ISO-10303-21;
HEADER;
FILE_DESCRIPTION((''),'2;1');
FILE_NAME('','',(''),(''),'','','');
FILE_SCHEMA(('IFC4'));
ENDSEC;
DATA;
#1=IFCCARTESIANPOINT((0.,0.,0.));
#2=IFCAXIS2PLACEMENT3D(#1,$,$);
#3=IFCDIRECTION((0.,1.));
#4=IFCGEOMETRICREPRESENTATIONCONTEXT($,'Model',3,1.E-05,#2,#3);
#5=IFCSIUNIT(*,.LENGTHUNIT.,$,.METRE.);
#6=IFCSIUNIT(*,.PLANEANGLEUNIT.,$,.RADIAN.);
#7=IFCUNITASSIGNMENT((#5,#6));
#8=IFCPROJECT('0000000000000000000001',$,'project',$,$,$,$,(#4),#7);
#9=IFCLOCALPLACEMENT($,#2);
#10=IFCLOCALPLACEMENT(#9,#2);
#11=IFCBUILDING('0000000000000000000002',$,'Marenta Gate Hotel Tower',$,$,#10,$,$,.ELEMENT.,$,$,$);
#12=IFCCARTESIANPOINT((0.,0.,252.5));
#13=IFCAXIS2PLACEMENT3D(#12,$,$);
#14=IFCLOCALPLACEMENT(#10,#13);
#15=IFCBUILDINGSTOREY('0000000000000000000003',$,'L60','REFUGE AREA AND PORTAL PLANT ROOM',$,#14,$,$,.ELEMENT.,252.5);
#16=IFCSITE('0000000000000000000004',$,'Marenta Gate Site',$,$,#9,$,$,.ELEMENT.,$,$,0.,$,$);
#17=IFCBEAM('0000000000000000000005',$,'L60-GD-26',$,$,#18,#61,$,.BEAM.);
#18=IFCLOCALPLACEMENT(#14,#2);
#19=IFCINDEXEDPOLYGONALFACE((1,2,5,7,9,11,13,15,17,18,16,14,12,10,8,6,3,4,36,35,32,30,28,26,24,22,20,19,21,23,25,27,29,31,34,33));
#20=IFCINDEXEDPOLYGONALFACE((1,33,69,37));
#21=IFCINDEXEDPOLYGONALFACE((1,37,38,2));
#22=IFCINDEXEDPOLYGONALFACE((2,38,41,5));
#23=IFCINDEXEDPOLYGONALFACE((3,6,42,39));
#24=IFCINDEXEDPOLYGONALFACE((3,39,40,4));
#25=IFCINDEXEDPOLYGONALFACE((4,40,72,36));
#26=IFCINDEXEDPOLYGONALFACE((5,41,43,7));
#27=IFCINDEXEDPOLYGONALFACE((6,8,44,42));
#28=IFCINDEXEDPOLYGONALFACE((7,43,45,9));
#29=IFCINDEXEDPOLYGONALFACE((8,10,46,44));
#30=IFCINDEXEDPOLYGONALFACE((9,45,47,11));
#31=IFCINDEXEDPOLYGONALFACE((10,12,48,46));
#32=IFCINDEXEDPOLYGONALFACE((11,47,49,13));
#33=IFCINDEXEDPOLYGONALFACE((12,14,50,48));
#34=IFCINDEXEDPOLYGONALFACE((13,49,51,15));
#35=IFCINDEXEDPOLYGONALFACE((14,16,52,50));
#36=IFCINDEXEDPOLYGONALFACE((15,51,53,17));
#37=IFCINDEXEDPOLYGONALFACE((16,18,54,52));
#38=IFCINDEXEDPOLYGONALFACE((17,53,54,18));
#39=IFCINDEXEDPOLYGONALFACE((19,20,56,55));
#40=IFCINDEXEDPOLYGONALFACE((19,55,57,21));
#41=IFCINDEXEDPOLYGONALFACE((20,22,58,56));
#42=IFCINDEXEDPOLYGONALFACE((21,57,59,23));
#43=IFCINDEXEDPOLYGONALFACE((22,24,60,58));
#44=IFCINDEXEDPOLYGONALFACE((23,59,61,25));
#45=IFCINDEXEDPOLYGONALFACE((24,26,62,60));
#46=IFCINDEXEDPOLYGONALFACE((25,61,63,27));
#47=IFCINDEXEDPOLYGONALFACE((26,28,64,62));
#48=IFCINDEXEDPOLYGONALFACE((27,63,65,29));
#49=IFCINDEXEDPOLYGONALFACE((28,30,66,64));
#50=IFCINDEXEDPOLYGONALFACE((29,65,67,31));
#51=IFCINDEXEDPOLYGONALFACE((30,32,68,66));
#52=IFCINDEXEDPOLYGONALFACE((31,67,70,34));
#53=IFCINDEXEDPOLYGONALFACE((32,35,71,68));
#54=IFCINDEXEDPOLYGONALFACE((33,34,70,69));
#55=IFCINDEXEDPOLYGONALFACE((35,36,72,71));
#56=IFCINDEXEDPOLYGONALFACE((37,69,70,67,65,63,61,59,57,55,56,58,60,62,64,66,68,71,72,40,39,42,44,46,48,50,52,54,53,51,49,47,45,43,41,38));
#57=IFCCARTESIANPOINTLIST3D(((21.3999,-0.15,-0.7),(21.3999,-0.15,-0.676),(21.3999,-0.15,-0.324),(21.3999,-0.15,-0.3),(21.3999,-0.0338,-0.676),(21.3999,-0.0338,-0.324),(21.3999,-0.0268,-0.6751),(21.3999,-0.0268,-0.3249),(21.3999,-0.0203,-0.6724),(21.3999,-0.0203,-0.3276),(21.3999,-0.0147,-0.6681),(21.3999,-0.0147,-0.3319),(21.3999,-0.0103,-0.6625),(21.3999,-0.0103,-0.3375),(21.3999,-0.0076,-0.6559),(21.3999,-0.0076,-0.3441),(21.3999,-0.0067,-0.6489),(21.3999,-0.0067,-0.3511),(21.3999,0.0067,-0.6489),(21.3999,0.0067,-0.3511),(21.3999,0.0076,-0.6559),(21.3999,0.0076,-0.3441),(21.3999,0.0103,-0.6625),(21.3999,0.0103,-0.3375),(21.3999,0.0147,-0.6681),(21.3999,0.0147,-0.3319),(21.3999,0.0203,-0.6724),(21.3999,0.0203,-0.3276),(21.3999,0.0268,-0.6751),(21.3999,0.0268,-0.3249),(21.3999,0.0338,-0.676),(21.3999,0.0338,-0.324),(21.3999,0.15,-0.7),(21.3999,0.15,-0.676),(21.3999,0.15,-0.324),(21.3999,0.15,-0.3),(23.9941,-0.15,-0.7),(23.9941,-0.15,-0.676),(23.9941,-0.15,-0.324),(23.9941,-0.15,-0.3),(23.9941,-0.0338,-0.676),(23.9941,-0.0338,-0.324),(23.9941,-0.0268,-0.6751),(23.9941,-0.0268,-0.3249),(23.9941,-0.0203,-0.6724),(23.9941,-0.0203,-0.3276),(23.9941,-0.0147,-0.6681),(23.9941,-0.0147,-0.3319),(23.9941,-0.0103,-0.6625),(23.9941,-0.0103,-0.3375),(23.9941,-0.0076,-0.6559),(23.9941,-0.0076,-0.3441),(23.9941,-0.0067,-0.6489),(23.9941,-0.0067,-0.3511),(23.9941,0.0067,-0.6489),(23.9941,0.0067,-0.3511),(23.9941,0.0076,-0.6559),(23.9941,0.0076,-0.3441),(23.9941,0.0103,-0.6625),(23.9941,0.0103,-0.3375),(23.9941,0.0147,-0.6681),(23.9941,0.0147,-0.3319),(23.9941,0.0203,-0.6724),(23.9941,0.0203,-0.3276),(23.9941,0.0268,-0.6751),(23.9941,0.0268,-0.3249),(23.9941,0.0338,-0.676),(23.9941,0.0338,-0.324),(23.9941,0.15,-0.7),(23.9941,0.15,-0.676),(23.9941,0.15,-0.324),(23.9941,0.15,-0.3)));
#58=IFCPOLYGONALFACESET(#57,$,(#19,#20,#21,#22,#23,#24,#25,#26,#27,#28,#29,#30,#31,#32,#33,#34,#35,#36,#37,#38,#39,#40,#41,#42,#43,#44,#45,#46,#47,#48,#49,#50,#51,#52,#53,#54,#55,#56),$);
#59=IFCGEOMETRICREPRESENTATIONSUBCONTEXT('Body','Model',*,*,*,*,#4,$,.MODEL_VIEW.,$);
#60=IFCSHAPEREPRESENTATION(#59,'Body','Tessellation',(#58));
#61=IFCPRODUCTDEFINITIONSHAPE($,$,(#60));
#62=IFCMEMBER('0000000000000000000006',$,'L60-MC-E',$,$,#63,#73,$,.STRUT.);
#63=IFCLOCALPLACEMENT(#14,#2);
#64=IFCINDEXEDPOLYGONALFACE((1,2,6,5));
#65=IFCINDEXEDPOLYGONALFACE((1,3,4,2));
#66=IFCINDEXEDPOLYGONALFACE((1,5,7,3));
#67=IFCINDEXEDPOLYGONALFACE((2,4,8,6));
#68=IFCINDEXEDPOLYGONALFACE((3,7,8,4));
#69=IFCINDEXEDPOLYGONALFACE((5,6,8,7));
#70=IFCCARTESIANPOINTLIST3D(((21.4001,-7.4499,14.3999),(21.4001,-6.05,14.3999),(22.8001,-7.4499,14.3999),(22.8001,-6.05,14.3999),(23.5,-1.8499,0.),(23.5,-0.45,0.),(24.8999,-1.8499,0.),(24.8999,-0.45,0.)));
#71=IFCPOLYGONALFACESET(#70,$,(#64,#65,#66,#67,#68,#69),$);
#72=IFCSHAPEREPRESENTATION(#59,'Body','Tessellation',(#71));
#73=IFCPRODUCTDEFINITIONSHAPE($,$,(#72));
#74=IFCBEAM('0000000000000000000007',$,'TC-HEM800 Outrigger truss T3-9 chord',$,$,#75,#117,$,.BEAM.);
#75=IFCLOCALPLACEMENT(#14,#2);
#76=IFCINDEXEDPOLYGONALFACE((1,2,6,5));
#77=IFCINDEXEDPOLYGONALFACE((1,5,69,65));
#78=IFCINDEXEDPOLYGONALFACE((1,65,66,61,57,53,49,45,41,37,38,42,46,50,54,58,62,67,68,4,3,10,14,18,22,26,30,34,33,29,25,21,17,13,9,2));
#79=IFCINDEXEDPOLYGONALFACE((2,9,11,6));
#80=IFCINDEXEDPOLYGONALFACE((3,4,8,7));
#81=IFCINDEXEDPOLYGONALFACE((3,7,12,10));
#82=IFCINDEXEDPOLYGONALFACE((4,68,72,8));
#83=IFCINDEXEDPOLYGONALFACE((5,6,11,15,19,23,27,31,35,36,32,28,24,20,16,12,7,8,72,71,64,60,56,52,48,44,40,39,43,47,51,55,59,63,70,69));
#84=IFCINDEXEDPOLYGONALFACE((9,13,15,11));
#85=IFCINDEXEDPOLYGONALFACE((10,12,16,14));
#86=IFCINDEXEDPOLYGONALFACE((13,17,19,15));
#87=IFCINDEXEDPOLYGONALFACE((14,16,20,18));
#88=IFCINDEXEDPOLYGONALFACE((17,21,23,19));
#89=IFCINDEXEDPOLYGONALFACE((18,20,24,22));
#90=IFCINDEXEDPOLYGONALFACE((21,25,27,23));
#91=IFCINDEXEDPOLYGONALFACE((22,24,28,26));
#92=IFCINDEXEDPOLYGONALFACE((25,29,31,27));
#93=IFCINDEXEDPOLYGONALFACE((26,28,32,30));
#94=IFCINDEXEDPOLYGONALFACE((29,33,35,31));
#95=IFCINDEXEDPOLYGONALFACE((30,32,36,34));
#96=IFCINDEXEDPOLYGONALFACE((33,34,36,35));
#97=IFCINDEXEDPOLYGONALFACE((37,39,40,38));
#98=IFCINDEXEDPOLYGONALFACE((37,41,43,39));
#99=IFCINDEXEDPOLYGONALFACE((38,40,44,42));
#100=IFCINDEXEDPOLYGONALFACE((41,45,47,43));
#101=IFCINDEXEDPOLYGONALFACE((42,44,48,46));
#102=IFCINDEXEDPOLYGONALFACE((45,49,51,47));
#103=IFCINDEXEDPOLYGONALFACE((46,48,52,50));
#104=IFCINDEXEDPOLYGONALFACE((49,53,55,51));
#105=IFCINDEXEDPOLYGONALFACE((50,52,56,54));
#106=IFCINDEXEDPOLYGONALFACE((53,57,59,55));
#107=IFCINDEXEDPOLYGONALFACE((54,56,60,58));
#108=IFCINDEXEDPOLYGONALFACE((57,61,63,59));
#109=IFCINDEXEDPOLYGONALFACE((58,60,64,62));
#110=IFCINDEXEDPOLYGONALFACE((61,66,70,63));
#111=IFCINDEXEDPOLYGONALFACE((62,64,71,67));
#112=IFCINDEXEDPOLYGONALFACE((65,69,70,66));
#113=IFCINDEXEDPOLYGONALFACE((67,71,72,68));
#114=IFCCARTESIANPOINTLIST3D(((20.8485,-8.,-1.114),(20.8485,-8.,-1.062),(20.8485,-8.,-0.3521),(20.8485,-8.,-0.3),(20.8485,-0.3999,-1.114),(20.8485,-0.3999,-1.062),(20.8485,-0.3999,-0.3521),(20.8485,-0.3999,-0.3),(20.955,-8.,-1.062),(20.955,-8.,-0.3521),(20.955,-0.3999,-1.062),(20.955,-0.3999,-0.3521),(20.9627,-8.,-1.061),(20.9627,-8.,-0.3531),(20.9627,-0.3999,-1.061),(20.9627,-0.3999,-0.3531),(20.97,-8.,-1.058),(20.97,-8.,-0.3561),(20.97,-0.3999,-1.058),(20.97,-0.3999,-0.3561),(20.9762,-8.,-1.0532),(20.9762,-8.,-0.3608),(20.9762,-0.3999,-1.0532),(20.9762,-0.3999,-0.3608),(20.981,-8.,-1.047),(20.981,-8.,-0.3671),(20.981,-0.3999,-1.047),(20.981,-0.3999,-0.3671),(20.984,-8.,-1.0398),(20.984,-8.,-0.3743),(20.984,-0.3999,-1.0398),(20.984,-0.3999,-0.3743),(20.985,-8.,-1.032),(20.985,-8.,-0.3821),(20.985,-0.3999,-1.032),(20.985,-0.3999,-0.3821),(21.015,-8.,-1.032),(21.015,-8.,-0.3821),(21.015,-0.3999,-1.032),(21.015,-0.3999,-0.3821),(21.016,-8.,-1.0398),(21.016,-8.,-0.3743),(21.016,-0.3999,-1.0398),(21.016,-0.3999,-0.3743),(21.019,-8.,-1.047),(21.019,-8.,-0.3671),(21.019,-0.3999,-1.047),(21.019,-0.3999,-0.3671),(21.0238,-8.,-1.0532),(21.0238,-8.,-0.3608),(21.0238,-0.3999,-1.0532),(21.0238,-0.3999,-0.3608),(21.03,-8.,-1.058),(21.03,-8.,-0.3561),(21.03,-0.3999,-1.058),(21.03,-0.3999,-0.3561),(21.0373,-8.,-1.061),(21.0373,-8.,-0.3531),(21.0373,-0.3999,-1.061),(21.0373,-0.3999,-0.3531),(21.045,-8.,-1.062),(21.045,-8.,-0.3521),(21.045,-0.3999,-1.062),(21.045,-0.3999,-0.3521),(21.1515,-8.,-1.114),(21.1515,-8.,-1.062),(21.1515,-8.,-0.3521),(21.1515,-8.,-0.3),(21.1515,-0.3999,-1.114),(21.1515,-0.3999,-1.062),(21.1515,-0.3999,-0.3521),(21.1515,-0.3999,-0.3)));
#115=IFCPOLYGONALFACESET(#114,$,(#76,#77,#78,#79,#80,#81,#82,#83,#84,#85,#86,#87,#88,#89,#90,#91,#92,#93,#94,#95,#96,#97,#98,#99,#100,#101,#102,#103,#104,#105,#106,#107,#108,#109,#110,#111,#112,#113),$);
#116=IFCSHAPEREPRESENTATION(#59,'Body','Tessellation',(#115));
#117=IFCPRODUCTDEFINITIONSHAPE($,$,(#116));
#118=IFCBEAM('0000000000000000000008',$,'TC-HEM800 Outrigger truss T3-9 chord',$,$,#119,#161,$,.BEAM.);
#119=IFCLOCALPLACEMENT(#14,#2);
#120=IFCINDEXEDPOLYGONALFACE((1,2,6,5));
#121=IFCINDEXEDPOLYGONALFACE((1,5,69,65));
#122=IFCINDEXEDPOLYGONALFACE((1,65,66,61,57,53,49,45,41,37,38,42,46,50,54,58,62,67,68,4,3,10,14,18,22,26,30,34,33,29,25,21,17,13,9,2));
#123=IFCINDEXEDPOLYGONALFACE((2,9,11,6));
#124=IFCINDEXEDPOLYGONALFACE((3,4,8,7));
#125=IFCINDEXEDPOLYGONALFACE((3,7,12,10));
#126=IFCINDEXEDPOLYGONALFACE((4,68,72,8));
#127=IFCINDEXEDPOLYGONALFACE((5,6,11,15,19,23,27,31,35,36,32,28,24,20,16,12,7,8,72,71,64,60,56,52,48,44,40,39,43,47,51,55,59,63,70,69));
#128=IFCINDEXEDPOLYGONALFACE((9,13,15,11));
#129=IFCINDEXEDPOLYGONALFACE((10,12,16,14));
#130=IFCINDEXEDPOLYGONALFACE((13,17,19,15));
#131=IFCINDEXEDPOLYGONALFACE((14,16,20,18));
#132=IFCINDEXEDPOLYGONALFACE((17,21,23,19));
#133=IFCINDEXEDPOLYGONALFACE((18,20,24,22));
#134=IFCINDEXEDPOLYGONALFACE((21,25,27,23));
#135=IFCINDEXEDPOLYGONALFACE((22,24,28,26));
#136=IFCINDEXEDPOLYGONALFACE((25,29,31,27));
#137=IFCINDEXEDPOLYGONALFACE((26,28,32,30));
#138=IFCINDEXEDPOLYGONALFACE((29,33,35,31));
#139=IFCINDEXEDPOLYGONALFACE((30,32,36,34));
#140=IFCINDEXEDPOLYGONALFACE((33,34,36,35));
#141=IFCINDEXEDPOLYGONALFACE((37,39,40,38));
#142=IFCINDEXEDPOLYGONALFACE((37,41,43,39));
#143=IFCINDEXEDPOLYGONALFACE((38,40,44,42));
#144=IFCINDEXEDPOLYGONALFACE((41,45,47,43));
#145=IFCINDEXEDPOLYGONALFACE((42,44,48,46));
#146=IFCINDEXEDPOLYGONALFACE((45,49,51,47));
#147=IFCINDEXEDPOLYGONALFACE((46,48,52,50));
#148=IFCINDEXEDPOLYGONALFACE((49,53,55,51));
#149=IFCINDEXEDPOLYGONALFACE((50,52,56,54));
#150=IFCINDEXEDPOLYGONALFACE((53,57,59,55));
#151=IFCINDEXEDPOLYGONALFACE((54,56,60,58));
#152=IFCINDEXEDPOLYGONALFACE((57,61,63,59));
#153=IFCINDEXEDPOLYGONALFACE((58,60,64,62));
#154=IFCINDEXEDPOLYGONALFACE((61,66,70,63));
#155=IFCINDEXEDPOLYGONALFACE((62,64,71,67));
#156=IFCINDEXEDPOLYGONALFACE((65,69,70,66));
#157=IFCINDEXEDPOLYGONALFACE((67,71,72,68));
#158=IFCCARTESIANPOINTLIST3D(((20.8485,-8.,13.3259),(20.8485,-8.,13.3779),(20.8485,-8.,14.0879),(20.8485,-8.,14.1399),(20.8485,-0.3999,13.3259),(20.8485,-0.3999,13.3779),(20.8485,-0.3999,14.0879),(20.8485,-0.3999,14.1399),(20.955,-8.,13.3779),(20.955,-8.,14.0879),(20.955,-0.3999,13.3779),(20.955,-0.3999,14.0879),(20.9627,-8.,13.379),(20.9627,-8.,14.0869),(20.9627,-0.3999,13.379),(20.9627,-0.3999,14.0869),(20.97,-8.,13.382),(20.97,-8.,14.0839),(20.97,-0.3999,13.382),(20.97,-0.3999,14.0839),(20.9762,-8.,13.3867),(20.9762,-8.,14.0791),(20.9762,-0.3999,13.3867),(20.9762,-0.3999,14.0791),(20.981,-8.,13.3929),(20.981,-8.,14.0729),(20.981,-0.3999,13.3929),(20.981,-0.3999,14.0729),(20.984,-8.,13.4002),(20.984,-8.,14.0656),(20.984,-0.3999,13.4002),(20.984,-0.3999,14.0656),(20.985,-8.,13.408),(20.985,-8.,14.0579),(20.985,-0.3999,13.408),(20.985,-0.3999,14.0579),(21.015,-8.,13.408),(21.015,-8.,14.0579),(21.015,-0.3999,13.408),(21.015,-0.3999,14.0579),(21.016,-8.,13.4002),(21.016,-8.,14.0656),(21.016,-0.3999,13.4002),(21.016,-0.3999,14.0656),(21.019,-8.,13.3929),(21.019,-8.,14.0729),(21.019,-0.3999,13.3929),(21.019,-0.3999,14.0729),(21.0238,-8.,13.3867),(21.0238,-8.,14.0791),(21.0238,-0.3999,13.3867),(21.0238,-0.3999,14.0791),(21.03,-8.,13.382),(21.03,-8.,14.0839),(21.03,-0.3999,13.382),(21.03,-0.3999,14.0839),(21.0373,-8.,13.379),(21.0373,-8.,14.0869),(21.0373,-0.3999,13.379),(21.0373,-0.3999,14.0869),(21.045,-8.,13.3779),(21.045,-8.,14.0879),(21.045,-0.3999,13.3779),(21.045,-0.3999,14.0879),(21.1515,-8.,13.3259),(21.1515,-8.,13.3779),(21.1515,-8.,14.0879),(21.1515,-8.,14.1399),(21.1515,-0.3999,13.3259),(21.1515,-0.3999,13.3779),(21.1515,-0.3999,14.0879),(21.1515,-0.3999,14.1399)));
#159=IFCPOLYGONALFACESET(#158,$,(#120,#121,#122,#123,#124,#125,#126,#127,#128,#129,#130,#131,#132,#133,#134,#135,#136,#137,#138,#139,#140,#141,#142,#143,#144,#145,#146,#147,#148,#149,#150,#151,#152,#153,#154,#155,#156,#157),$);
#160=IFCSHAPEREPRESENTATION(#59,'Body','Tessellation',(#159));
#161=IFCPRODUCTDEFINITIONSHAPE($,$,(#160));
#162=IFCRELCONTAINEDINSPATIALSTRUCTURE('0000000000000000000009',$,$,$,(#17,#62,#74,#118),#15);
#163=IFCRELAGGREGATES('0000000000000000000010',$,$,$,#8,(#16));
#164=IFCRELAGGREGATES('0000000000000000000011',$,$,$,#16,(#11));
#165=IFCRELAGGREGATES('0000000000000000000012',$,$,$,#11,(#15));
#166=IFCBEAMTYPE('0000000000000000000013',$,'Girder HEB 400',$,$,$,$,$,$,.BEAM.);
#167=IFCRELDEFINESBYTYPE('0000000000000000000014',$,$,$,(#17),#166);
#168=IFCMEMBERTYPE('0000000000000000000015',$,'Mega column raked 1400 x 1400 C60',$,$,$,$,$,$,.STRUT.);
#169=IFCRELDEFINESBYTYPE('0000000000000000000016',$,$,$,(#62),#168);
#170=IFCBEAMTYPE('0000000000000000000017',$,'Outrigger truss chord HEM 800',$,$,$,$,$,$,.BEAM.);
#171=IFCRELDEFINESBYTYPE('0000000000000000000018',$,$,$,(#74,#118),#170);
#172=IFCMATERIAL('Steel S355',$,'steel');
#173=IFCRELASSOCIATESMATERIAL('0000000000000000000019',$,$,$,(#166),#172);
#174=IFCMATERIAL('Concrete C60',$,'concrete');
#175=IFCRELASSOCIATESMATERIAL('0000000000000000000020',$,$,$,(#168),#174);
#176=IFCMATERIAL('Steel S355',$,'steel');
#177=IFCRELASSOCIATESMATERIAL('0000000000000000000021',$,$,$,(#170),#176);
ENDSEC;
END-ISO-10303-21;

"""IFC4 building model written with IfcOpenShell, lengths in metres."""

from ifc_helpers import new_model, si_unit, direction, frame, origin, origin_2d, place, context, subcontext, project, spatial, rectangle, i_section, extrude, material, material_profile, profile_set, type_object, element, save


model = new_model("IFC4")

# Units and contexts
model_context = context("Model", 3, precision=1e-05, world=origin(), true_north=direction((0.0, 1.0)))
body_context = subcontext(model_context, "Body", "Model", "MODEL_VIEW")
ifc_project = project(units=[si_unit("LENGTHUNIT", "METRE"), si_unit("PLANEANGLEUNIT", "RADIAN")], contexts=[model_context])

# Site, building, storey
site_placement = place(None, origin())
site = spatial("IfcSite", under=ifc_project, at=site_placement, Name="Marenta Gate Site", CompositionType="ELEMENT", RefElevation=0.0)
building_placement = place(site_placement, origin())
building = spatial("IfcBuilding", under=site, at=building_placement, Name="Marenta Gate Hotel Tower", CompositionType="ELEMENT")
storey_placement = place(building_placement, frame((0.0, 0.0, 252.5)))
storey = spatial("IfcBuildingStorey", under=building, at=storey_placement, Name="L60", Description="REFUGE AREA AND PORTAL PLANT ROOM", CompositionType="ELEMENT", Elevation=252.5)

# Beam
ifc_material_1 = material(Name="Steel S355", Category="steel")
ifc_material_profile_1 = material_profile(ifc_material_1, i_section(OverallWidth=0.3, OverallDepth=0.3999, WebThickness=0.0134, FlangeThickness=0.0239, FilletRadius=0.0271, at=origin_2d()), Name="HEB 400")
ifc_profile_set_1 = profile_set([ifc_material_profile_1], Name="Steel S355")
beam_type_1 = type_object("IfcBeamType", Name="Girder HEB 400", PredefinedType="BEAM", material=ifc_profile_set_1)
beam_1_placement = place(storey_placement, frame((21.3999, 0.0, -0.5), z_axis=(1.0, 0.0, 0.0), x_axis=(0.0, 1.0, 0.0)))
element("IfcBeam", 1, at=beam_1_placement, inside=storey, type_object=beam_type_1, Name="L60-GD-26", PredefinedType="BEAM", context=body_context, shape_type="SweptSolid", body=[
    extrude(i_section(OverallWidth=0.3, OverallDepth=0.3999, WebThickness=0.0134, FlangeThickness=0.0239, FilletRadius=0.0271, at=origin_2d()), origin(), (0.0, 0.0, 1.0), 2.5942),
])

# Member
ifc_material_2 = material(Name="Concrete C60", Category="concrete")
ifc_material_profile_2 = material_profile(ifc_material_2, rectangle(XDim=1.3999, YDim=1.3999, at=origin_2d()), Name="1400 x 1400")
ifc_profile_set_2 = profile_set([ifc_material_profile_2], Name="Concrete C60")
member_type_1 = type_object("IfcMemberType", Name="Mega column raked 1400 x 1400 C60", PredefinedType="STRUT", material=ifc_profile_set_2)
member_1_placement = place(storey_placement, frame((24.2, -1.1499, 0.0), z_axis=(0.0, 0.0, 1.0), x_axis=(1.0, 0.0, 0.0)))
element("IfcMember", 2, at=member_1_placement, inside=storey, type_object=member_type_1, Name="L60-MC-E", PredefinedType="STRUT", context=body_context, shape_type="SweptSolid", body=[
    extrude(rectangle(XDim=1.3999, YDim=1.3999, at=origin_2d()), origin(), (-0.13467, -0.359152, 0.923512), 15.5925),
])

# Beams
ifc_material_3 = material(Name="Steel S355", Category="steel")
ifc_material_profile_3 = material_profile(ifc_material_3, i_section(OverallWidth=0.303, OverallDepth=0.814, WebThickness=0.03, FlangeThickness=0.052, FilletRadius=0.03, at=origin_2d()), Name="HEM 800")
ifc_profile_set_3 = profile_set([ifc_material_profile_3], Name="Steel S355")
beam_type_2 = type_object("IfcBeamType", Name="Outrigger truss chord HEM 800", PredefinedType="BEAM", material=ifc_profile_set_3)
for number, where, z_axis, x_axis, name in (
    (3, (21.0, -0.3999, -0.707), (0.0, -1.0, 0.0), (1.0, 0.0, 0.0), "TC-HEM800 Outrigger truss T3-9 chord"),
    (4, (21.0, -0.3999, 13.7329), (0.0, -1.0, 0.0), (1.0, 0.0, 0.0), "TC-HEM800 Outrigger truss T3-9 chord"),
):
    element("IfcBeam", number, at=place(storey_placement, frame(where, z_axis=z_axis, x_axis=x_axis)), inside=storey, type_object=beam_type_2, Name=name, PredefinedType="BEAM", context=body_context, shape_type="SweptSolid", body=[
        extrude(i_section(OverallWidth=0.303, OverallDepth=0.814, WebThickness=0.03, FlangeThickness=0.052, FilletRadius=0.03, at=origin_2d()), origin(), (0.0, 0.0, 1.0), 7.6001),
    ])

save(model, "model.ifc")
